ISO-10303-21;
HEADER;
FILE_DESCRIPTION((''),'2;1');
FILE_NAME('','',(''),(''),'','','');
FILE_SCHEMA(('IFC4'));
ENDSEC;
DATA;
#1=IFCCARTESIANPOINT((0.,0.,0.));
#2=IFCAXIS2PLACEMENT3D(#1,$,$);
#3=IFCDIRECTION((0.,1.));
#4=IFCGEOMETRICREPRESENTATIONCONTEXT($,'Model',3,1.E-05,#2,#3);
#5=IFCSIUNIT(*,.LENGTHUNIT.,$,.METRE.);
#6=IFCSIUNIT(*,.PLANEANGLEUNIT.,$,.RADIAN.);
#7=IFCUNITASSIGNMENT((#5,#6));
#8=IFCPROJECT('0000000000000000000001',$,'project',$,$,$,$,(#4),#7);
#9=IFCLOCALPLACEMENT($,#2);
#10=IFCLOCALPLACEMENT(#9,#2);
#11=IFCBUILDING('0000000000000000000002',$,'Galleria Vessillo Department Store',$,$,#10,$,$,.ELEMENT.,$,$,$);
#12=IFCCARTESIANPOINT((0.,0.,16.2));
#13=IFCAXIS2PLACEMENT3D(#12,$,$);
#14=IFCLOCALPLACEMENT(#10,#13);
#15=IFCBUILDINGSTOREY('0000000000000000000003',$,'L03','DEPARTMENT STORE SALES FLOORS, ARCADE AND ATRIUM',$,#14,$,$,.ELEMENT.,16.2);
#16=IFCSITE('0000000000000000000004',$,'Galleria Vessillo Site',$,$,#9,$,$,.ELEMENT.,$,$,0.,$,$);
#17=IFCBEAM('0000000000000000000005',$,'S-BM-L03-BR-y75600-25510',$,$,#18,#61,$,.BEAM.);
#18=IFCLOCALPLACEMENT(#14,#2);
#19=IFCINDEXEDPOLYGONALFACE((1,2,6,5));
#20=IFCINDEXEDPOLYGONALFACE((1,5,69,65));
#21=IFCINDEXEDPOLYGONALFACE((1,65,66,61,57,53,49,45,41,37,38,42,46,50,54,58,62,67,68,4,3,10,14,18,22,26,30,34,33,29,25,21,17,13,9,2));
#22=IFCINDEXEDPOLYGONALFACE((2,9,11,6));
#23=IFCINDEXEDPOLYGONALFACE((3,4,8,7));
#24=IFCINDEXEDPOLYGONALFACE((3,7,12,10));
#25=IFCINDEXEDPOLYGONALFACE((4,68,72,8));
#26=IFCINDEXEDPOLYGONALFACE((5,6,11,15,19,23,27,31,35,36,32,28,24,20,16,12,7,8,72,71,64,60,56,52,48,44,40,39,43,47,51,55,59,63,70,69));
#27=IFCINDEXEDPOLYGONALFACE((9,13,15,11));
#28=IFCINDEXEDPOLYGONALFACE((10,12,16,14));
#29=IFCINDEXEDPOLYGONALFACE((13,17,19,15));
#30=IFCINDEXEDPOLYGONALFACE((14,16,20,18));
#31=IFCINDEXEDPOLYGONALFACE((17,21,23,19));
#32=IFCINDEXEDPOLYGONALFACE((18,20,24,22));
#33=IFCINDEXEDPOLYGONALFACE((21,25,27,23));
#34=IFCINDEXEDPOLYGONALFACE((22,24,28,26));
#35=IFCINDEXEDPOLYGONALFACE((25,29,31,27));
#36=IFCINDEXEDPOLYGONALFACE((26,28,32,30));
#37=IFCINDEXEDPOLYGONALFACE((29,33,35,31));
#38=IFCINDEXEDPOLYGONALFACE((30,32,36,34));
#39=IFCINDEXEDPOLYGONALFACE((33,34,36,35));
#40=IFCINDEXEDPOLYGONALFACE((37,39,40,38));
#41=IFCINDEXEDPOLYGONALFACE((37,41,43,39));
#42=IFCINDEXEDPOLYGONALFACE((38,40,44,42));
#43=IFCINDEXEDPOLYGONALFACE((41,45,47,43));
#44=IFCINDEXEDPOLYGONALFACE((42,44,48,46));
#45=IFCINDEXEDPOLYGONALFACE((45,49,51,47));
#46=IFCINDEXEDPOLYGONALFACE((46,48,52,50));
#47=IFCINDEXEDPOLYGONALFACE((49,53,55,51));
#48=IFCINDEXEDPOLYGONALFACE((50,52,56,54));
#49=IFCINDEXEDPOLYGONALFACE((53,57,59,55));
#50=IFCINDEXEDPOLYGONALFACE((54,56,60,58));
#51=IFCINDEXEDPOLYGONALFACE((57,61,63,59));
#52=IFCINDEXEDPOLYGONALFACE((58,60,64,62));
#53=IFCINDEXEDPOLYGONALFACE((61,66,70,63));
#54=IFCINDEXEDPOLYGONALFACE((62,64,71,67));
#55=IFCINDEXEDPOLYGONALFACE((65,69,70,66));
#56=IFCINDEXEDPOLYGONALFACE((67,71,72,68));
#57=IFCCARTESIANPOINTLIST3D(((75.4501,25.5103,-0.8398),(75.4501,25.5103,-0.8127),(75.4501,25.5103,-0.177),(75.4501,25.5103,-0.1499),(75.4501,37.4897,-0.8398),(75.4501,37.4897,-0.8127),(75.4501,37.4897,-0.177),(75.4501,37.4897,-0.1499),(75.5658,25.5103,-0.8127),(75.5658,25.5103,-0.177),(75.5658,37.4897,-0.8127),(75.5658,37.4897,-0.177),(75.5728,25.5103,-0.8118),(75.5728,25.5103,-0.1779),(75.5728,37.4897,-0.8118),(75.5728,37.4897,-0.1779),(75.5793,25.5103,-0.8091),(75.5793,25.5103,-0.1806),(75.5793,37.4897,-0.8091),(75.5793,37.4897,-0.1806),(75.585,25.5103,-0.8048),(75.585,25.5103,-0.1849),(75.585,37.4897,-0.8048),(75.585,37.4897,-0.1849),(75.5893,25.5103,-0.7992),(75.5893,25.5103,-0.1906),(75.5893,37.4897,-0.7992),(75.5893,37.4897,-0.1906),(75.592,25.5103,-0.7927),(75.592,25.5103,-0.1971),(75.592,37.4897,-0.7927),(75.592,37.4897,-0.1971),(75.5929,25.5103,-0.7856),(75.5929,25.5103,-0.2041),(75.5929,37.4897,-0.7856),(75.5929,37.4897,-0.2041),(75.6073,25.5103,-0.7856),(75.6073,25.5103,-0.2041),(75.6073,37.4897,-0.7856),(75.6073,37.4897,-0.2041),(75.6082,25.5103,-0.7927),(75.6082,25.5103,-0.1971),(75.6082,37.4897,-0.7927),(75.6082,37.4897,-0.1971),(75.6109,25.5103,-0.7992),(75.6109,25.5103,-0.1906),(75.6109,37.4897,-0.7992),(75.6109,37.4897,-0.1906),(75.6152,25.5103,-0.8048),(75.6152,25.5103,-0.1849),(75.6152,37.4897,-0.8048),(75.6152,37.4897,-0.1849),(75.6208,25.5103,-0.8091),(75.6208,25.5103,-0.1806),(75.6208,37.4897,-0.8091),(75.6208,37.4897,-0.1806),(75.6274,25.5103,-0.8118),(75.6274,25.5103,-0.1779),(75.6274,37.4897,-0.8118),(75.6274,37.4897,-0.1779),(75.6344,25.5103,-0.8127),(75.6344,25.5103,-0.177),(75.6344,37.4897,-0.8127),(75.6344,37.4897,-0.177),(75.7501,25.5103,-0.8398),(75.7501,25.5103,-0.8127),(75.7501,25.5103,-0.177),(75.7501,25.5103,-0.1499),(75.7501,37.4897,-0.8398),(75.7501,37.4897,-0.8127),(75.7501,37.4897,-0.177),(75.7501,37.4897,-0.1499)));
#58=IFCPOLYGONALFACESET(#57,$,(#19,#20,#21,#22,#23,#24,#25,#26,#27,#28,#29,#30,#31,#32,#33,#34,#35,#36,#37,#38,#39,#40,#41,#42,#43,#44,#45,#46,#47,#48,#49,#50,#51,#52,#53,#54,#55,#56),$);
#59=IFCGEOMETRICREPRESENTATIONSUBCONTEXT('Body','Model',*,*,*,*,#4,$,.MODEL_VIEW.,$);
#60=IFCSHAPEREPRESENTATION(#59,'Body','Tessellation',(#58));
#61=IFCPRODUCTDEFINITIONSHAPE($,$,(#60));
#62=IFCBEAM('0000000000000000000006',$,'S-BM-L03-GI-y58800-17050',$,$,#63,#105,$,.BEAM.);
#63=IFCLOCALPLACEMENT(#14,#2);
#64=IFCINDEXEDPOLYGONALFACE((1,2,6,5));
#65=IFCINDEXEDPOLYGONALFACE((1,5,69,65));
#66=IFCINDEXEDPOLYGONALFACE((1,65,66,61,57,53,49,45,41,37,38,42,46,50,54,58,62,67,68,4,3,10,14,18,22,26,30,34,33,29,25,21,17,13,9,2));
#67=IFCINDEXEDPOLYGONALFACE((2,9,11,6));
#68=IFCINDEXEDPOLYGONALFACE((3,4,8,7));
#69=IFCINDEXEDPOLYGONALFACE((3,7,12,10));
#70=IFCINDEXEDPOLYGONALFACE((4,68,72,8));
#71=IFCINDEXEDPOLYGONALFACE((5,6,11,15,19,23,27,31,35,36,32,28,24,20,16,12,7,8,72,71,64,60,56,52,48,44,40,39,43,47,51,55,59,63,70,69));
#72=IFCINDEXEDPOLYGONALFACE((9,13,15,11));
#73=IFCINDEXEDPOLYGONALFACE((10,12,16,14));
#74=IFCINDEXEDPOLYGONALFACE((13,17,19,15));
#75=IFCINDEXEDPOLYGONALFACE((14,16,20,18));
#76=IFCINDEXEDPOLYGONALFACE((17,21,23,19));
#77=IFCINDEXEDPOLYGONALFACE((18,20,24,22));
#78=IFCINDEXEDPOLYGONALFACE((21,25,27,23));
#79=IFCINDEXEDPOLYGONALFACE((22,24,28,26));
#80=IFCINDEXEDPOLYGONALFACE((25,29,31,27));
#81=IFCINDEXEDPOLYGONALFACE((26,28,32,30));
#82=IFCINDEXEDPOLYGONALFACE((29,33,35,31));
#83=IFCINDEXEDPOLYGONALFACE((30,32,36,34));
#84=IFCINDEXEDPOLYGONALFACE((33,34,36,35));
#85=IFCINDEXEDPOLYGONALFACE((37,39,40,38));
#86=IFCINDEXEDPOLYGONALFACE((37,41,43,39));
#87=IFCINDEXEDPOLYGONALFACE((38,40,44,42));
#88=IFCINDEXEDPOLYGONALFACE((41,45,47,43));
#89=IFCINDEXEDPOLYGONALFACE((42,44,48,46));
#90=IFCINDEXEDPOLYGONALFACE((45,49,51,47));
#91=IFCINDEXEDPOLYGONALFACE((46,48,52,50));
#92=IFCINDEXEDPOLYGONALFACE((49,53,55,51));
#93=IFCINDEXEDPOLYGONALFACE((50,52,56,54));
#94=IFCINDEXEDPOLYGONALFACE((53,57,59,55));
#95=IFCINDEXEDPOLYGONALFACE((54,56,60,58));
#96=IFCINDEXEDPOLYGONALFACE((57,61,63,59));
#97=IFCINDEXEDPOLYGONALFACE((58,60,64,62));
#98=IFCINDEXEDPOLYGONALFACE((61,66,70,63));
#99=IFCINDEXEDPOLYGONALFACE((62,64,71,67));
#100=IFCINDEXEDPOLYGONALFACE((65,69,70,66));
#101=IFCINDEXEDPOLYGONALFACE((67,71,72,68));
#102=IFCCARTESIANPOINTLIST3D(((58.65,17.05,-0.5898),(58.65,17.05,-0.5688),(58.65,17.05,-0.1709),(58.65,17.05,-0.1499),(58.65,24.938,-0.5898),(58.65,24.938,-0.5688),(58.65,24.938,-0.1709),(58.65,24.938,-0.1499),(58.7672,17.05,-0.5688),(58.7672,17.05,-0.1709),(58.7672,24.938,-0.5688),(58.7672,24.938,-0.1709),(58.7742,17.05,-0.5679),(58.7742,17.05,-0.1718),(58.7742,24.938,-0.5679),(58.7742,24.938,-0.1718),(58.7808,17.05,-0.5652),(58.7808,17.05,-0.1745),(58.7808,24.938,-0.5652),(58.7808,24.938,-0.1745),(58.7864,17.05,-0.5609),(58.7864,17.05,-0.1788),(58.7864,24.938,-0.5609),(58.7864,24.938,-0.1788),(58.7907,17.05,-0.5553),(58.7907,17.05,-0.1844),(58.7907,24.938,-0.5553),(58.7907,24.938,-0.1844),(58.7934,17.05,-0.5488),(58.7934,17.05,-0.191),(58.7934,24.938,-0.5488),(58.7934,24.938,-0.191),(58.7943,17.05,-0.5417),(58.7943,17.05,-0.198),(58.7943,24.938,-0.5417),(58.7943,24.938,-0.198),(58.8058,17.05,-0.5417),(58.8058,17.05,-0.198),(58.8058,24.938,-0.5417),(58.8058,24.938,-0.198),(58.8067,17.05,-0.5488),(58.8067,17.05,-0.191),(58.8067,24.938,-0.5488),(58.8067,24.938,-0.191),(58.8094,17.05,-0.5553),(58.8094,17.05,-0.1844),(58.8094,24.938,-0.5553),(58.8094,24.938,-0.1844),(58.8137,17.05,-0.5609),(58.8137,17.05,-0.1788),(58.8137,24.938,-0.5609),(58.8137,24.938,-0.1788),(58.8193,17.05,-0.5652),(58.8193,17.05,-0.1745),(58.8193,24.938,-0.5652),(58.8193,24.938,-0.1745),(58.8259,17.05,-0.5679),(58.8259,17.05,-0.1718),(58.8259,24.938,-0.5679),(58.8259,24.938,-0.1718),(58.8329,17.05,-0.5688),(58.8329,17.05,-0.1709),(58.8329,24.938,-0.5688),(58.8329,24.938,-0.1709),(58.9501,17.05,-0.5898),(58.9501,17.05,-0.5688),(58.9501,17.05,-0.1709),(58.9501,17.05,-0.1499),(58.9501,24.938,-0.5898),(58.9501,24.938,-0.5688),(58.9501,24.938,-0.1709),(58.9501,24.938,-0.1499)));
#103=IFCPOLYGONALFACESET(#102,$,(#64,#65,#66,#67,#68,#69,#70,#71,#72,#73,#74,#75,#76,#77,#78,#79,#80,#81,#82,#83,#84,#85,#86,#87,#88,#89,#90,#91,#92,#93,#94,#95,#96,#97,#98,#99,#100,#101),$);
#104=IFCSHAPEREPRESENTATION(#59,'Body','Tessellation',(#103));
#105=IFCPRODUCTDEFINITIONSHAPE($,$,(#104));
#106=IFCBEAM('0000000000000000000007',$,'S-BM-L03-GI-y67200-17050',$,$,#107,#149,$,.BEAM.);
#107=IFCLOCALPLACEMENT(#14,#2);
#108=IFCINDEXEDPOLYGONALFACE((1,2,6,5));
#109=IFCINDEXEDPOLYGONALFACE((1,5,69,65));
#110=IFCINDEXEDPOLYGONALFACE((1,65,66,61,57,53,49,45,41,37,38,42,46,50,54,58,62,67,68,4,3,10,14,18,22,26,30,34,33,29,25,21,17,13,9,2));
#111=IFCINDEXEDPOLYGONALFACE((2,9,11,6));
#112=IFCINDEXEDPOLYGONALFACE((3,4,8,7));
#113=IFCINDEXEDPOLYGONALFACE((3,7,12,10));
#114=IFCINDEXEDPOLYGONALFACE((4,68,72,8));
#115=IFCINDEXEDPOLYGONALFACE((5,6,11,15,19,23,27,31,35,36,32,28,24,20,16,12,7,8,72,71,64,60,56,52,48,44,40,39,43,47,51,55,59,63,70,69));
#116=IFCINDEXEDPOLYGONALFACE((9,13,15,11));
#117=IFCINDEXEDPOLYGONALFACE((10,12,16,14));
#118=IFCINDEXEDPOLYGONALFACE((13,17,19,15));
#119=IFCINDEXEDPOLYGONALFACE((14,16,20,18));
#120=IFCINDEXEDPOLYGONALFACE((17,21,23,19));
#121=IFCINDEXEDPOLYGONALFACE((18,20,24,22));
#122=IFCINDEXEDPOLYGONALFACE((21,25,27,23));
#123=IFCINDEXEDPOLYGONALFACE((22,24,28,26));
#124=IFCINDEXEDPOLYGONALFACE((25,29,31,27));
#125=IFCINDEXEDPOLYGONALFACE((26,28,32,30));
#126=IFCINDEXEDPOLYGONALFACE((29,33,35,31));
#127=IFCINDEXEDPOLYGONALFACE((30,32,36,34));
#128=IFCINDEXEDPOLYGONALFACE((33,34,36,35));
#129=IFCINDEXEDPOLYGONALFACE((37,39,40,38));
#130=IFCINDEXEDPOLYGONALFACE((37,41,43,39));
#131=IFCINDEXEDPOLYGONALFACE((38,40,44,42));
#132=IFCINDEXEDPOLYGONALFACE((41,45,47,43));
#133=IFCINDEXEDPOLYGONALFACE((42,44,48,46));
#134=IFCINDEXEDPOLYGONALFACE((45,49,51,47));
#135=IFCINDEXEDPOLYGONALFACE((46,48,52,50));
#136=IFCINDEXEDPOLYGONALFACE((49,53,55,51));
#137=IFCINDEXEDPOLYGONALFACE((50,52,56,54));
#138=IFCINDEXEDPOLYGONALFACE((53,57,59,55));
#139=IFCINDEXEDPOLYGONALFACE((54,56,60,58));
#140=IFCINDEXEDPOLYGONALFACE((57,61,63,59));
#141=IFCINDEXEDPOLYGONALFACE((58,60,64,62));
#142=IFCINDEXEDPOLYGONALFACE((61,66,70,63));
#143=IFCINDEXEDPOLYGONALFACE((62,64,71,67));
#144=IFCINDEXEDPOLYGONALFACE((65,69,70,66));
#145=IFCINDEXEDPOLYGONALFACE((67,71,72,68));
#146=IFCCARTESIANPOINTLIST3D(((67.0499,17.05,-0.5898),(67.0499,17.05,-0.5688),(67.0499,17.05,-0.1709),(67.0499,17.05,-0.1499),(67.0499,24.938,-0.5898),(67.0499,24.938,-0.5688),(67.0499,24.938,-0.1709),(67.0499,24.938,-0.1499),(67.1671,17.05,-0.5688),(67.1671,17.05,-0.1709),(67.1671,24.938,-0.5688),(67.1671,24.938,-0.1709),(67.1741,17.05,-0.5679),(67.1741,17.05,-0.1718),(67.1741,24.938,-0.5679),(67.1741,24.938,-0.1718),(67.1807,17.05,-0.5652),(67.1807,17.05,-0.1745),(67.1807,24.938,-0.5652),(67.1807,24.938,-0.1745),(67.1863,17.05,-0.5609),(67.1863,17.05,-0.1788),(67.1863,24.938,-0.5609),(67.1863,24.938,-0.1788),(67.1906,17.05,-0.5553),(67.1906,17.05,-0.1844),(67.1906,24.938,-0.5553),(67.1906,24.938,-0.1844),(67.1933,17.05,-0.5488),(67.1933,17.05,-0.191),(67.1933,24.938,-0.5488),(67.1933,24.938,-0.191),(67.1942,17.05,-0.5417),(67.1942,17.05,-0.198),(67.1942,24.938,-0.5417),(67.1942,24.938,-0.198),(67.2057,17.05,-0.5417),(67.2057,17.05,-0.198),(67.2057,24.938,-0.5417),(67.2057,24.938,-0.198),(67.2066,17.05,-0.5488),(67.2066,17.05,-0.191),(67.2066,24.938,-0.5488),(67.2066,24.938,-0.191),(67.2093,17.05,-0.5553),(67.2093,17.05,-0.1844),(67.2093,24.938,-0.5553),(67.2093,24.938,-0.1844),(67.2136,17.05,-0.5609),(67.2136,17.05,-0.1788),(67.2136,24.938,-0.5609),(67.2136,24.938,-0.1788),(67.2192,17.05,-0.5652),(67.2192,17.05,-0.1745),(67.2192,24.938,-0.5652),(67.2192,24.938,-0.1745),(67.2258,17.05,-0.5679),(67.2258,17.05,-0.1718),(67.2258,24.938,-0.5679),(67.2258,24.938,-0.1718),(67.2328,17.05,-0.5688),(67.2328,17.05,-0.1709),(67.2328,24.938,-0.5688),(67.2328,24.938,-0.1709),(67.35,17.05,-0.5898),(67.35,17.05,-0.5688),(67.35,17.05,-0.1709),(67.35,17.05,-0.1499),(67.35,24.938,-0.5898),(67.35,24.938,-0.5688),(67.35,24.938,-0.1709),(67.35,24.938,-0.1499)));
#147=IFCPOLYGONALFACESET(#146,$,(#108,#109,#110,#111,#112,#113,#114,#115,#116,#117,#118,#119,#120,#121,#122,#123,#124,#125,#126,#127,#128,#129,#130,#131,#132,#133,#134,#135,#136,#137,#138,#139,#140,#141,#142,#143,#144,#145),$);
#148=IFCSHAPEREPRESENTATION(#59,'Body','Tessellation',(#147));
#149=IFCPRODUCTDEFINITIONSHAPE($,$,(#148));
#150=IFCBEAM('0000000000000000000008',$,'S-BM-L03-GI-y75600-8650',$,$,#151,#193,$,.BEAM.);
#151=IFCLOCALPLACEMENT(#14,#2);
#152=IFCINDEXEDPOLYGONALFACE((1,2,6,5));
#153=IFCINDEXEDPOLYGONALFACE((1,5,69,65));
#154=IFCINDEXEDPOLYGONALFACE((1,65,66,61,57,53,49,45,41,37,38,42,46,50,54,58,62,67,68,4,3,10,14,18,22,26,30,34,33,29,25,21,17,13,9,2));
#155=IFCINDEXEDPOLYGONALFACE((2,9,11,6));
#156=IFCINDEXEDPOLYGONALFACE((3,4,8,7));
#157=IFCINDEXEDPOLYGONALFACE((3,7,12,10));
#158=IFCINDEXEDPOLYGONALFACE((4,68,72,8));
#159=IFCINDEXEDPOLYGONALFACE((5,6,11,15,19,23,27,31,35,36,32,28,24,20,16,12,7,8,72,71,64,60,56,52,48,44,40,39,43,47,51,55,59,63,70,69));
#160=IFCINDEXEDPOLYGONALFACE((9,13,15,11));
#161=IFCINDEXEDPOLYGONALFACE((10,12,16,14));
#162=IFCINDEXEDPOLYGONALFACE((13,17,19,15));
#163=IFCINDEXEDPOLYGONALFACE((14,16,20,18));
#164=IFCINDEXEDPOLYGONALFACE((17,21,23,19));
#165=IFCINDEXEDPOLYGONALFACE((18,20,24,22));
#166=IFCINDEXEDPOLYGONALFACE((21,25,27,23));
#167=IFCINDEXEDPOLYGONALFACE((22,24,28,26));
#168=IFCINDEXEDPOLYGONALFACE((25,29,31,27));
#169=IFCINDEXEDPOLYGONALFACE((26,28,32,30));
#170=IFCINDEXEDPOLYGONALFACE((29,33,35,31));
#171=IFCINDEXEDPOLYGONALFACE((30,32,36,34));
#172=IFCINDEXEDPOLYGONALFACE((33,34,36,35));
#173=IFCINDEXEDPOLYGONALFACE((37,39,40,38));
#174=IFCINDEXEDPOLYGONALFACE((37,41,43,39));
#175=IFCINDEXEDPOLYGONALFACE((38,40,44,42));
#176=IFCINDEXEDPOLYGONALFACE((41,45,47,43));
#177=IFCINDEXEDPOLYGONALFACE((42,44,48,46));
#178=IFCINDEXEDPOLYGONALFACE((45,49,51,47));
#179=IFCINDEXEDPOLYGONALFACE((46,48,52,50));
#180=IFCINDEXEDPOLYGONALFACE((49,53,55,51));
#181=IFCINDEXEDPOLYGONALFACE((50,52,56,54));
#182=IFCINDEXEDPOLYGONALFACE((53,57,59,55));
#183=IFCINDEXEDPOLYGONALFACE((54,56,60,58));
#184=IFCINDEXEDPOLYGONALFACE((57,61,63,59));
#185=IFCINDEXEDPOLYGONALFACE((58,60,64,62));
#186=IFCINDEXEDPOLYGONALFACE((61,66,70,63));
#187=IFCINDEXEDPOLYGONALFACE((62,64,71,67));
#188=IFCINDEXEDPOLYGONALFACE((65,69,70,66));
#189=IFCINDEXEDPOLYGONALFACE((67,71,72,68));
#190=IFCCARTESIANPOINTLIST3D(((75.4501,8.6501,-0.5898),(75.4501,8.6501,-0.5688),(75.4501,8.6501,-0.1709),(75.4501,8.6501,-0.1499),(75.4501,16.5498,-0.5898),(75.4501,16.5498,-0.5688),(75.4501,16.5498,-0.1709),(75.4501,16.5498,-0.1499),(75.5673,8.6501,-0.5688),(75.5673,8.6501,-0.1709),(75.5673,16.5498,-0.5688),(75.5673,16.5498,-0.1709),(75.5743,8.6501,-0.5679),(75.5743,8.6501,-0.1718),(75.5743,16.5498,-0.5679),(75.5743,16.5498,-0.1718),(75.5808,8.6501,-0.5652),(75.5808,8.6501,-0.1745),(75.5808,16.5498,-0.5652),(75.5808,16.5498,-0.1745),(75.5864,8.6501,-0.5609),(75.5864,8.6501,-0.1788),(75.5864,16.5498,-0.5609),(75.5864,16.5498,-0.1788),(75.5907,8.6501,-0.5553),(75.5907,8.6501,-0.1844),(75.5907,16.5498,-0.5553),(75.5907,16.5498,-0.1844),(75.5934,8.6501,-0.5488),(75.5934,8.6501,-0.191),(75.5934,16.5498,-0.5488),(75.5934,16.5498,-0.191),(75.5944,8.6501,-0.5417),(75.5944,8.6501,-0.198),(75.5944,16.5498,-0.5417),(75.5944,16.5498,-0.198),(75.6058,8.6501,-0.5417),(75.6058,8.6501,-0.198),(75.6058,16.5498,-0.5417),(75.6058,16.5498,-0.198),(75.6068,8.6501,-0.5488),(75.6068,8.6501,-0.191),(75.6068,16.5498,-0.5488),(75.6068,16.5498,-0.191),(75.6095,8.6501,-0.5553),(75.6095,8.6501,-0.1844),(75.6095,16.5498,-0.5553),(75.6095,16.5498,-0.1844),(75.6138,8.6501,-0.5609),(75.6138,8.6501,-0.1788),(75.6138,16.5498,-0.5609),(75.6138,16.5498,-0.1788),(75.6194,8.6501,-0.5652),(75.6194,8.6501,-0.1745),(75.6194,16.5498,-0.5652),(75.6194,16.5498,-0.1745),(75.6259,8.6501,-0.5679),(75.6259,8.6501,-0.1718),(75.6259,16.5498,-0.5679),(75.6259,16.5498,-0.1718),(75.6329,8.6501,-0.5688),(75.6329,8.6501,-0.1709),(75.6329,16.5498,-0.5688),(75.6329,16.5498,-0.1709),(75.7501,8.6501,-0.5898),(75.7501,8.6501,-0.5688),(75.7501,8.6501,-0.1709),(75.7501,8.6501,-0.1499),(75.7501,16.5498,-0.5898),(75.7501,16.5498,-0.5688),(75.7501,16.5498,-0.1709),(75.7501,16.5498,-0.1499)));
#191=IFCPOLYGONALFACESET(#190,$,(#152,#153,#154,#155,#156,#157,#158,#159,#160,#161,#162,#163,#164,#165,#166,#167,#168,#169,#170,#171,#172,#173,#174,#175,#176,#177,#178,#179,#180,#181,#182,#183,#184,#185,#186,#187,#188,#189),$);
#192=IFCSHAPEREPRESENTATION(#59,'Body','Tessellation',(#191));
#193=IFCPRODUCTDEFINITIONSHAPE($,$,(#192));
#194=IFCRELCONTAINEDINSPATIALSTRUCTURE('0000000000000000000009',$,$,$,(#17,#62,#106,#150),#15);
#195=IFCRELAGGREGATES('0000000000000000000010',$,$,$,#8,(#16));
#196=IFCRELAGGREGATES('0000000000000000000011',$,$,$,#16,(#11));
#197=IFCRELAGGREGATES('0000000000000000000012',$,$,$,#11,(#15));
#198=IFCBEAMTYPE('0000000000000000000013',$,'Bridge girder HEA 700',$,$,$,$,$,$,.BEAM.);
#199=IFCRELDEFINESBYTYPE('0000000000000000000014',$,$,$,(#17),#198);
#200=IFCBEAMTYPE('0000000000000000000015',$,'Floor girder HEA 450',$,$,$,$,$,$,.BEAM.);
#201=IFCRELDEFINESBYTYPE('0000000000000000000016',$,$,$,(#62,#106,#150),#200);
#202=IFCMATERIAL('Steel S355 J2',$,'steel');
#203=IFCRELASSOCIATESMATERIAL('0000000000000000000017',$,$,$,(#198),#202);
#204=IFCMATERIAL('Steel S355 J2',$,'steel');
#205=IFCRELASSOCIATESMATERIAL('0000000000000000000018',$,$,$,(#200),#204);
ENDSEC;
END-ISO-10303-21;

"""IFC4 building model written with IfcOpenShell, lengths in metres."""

from ifc_helpers import new_model, si_unit, direction, frame, origin, origin_2d, place, context, subcontext, project, spatial, i_section, extrude, material, material_profile, profile_set, type_object, element, save


model = new_model("IFC4")

# Units and contexts
model_context = context("Model", 3, precision=1e-05, world=origin(), true_north=direction((0.0, 1.0)))
body_context = subcontext(model_context, "Body", "Model", "MODEL_VIEW")
ifc_project = project(units=[si_unit("LENGTHUNIT", "METRE"), si_unit("PLANEANGLEUNIT", "RADIAN")], contexts=[model_context])

# Site, building, storey
site_placement = place(None, origin())
site = spatial("IfcSite", under=ifc_project, at=site_placement, Name="Galleria Vessillo Site", CompositionType="ELEMENT", RefElevation=0.0)
building_placement = place(site_placement, origin())
building = spatial("IfcBuilding", under=site, at=building_placement, Name="Galleria Vessillo Department Store", CompositionType="ELEMENT")
storey_placement = place(building_placement, frame((0.0, 0.0, 16.2)))
storey = spatial("IfcBuildingStorey", under=building, at=storey_placement, Name="L03", Description="DEPARTMENT STORE SALES FLOORS, ARCADE AND ATRIUM", CompositionType="ELEMENT", Elevation=16.2)

# Beams
ifc_material_1 = material(Name="Steel S355 J2", Category="steel")
ifc_material_profile_1 = material_profile(ifc_material_1, i_section(OverallWidth=0.3, OverallDepth=0.6899, WebThickness=0.0144, FlangeThickness=0.0271, FilletRadius=0.0271, at=origin_2d()), Name="HEA 700")
ifc_profile_set_1 = profile_set([ifc_material_profile_1], Name="Steel S355 J2")
beam_type_1 = type_object("IfcBeamType", Name="Bridge girder HEA 700", PredefinedType="BEAM", material=ifc_profile_set_1)
beam_1_placement = place(storey_placement, frame((75.6001, 25.5103, -0.4949), z_axis=(0.0, 1.0, 0.0), x_axis=(-1.0, 0.0, 0.0)))
element("IfcBeam", 1, at=beam_1_placement, inside=storey, type_object=beam_type_1, Name="S-BM-L03-BR-y75600-25510", PredefinedType="BEAM", context=body_context, shape_type="SweptSolid", body=[
    extrude(i_section(OverallWidth=0.3, OverallDepth=0.6899, WebThickness=0.0144, FlangeThickness=0.0271, FilletRadius=0.0271, at=origin_2d()), origin(), (0.0, 0.0, 1.0), 11.9795),
])
ifc_material_2 = material(Name="Steel S355 J2", Category="steel")
ifc_material_profile_2 = material_profile(ifc_material_2, i_section(OverallWidth=0.3, OverallDepth=0.4399, WebThickness=0.0115, FlangeThickness=0.021, FilletRadius=0.0271, at=origin_2d()), Name="HEA 450")
ifc_profile_set_2 = profile_set([ifc_material_profile_2], Name="Steel S355 J2")
beam_type_2 = type_object("IfcBeamType", Name="Floor girder HEA 450", PredefinedType="BEAM", material=ifc_profile_set_2)
for number, where, z_axis, x_axis, name in (
    (2, (58.8, 17.05, -0.3699), (0.0, 1.0, 0.0), (-1.0, 0.0, 0.0), "S-BM-L03-GI-y58800-17050"),
    (3, (67.2, 17.05, -0.3699), (0.0, 1.0, 0.0), (-1.0, 0.0, 0.0), "S-BM-L03-GI-y67200-17050"),
):
    element("IfcBeam", number, at=place(storey_placement, frame(where, z_axis=z_axis, x_axis=x_axis)), inside=storey, type_object=beam_type_2, Name=name, PredefinedType="BEAM", context=body_context, shape_type="SweptSolid", body=[
        extrude(i_section(OverallWidth=0.3, OverallDepth=0.4399, WebThickness=0.0115, FlangeThickness=0.021, FilletRadius=0.0271, at=origin_2d()), origin(), (0.0, 0.0, 1.0), 7.8879),
    ])
beam_2_placement = place(storey_placement, frame((75.6001, 8.6501, -0.3699), z_axis=(0.0, 1.0, 0.0), x_axis=(-1.0, 0.0, 0.0)))
element("IfcBeam", 4, at=beam_2_placement, inside=storey, type_object=beam_type_2, Name="S-BM-L03-GI-y75600-8650", PredefinedType="BEAM", context=body_context, shape_type="SweptSolid", body=[
    extrude(i_section(OverallWidth=0.3, OverallDepth=0.4399, WebThickness=0.0115, FlangeThickness=0.021, FilletRadius=0.0271, at=origin_2d()), origin(), (0.0, 0.0, 1.0), 7.8997),
])

save(model, "model.ifc")
